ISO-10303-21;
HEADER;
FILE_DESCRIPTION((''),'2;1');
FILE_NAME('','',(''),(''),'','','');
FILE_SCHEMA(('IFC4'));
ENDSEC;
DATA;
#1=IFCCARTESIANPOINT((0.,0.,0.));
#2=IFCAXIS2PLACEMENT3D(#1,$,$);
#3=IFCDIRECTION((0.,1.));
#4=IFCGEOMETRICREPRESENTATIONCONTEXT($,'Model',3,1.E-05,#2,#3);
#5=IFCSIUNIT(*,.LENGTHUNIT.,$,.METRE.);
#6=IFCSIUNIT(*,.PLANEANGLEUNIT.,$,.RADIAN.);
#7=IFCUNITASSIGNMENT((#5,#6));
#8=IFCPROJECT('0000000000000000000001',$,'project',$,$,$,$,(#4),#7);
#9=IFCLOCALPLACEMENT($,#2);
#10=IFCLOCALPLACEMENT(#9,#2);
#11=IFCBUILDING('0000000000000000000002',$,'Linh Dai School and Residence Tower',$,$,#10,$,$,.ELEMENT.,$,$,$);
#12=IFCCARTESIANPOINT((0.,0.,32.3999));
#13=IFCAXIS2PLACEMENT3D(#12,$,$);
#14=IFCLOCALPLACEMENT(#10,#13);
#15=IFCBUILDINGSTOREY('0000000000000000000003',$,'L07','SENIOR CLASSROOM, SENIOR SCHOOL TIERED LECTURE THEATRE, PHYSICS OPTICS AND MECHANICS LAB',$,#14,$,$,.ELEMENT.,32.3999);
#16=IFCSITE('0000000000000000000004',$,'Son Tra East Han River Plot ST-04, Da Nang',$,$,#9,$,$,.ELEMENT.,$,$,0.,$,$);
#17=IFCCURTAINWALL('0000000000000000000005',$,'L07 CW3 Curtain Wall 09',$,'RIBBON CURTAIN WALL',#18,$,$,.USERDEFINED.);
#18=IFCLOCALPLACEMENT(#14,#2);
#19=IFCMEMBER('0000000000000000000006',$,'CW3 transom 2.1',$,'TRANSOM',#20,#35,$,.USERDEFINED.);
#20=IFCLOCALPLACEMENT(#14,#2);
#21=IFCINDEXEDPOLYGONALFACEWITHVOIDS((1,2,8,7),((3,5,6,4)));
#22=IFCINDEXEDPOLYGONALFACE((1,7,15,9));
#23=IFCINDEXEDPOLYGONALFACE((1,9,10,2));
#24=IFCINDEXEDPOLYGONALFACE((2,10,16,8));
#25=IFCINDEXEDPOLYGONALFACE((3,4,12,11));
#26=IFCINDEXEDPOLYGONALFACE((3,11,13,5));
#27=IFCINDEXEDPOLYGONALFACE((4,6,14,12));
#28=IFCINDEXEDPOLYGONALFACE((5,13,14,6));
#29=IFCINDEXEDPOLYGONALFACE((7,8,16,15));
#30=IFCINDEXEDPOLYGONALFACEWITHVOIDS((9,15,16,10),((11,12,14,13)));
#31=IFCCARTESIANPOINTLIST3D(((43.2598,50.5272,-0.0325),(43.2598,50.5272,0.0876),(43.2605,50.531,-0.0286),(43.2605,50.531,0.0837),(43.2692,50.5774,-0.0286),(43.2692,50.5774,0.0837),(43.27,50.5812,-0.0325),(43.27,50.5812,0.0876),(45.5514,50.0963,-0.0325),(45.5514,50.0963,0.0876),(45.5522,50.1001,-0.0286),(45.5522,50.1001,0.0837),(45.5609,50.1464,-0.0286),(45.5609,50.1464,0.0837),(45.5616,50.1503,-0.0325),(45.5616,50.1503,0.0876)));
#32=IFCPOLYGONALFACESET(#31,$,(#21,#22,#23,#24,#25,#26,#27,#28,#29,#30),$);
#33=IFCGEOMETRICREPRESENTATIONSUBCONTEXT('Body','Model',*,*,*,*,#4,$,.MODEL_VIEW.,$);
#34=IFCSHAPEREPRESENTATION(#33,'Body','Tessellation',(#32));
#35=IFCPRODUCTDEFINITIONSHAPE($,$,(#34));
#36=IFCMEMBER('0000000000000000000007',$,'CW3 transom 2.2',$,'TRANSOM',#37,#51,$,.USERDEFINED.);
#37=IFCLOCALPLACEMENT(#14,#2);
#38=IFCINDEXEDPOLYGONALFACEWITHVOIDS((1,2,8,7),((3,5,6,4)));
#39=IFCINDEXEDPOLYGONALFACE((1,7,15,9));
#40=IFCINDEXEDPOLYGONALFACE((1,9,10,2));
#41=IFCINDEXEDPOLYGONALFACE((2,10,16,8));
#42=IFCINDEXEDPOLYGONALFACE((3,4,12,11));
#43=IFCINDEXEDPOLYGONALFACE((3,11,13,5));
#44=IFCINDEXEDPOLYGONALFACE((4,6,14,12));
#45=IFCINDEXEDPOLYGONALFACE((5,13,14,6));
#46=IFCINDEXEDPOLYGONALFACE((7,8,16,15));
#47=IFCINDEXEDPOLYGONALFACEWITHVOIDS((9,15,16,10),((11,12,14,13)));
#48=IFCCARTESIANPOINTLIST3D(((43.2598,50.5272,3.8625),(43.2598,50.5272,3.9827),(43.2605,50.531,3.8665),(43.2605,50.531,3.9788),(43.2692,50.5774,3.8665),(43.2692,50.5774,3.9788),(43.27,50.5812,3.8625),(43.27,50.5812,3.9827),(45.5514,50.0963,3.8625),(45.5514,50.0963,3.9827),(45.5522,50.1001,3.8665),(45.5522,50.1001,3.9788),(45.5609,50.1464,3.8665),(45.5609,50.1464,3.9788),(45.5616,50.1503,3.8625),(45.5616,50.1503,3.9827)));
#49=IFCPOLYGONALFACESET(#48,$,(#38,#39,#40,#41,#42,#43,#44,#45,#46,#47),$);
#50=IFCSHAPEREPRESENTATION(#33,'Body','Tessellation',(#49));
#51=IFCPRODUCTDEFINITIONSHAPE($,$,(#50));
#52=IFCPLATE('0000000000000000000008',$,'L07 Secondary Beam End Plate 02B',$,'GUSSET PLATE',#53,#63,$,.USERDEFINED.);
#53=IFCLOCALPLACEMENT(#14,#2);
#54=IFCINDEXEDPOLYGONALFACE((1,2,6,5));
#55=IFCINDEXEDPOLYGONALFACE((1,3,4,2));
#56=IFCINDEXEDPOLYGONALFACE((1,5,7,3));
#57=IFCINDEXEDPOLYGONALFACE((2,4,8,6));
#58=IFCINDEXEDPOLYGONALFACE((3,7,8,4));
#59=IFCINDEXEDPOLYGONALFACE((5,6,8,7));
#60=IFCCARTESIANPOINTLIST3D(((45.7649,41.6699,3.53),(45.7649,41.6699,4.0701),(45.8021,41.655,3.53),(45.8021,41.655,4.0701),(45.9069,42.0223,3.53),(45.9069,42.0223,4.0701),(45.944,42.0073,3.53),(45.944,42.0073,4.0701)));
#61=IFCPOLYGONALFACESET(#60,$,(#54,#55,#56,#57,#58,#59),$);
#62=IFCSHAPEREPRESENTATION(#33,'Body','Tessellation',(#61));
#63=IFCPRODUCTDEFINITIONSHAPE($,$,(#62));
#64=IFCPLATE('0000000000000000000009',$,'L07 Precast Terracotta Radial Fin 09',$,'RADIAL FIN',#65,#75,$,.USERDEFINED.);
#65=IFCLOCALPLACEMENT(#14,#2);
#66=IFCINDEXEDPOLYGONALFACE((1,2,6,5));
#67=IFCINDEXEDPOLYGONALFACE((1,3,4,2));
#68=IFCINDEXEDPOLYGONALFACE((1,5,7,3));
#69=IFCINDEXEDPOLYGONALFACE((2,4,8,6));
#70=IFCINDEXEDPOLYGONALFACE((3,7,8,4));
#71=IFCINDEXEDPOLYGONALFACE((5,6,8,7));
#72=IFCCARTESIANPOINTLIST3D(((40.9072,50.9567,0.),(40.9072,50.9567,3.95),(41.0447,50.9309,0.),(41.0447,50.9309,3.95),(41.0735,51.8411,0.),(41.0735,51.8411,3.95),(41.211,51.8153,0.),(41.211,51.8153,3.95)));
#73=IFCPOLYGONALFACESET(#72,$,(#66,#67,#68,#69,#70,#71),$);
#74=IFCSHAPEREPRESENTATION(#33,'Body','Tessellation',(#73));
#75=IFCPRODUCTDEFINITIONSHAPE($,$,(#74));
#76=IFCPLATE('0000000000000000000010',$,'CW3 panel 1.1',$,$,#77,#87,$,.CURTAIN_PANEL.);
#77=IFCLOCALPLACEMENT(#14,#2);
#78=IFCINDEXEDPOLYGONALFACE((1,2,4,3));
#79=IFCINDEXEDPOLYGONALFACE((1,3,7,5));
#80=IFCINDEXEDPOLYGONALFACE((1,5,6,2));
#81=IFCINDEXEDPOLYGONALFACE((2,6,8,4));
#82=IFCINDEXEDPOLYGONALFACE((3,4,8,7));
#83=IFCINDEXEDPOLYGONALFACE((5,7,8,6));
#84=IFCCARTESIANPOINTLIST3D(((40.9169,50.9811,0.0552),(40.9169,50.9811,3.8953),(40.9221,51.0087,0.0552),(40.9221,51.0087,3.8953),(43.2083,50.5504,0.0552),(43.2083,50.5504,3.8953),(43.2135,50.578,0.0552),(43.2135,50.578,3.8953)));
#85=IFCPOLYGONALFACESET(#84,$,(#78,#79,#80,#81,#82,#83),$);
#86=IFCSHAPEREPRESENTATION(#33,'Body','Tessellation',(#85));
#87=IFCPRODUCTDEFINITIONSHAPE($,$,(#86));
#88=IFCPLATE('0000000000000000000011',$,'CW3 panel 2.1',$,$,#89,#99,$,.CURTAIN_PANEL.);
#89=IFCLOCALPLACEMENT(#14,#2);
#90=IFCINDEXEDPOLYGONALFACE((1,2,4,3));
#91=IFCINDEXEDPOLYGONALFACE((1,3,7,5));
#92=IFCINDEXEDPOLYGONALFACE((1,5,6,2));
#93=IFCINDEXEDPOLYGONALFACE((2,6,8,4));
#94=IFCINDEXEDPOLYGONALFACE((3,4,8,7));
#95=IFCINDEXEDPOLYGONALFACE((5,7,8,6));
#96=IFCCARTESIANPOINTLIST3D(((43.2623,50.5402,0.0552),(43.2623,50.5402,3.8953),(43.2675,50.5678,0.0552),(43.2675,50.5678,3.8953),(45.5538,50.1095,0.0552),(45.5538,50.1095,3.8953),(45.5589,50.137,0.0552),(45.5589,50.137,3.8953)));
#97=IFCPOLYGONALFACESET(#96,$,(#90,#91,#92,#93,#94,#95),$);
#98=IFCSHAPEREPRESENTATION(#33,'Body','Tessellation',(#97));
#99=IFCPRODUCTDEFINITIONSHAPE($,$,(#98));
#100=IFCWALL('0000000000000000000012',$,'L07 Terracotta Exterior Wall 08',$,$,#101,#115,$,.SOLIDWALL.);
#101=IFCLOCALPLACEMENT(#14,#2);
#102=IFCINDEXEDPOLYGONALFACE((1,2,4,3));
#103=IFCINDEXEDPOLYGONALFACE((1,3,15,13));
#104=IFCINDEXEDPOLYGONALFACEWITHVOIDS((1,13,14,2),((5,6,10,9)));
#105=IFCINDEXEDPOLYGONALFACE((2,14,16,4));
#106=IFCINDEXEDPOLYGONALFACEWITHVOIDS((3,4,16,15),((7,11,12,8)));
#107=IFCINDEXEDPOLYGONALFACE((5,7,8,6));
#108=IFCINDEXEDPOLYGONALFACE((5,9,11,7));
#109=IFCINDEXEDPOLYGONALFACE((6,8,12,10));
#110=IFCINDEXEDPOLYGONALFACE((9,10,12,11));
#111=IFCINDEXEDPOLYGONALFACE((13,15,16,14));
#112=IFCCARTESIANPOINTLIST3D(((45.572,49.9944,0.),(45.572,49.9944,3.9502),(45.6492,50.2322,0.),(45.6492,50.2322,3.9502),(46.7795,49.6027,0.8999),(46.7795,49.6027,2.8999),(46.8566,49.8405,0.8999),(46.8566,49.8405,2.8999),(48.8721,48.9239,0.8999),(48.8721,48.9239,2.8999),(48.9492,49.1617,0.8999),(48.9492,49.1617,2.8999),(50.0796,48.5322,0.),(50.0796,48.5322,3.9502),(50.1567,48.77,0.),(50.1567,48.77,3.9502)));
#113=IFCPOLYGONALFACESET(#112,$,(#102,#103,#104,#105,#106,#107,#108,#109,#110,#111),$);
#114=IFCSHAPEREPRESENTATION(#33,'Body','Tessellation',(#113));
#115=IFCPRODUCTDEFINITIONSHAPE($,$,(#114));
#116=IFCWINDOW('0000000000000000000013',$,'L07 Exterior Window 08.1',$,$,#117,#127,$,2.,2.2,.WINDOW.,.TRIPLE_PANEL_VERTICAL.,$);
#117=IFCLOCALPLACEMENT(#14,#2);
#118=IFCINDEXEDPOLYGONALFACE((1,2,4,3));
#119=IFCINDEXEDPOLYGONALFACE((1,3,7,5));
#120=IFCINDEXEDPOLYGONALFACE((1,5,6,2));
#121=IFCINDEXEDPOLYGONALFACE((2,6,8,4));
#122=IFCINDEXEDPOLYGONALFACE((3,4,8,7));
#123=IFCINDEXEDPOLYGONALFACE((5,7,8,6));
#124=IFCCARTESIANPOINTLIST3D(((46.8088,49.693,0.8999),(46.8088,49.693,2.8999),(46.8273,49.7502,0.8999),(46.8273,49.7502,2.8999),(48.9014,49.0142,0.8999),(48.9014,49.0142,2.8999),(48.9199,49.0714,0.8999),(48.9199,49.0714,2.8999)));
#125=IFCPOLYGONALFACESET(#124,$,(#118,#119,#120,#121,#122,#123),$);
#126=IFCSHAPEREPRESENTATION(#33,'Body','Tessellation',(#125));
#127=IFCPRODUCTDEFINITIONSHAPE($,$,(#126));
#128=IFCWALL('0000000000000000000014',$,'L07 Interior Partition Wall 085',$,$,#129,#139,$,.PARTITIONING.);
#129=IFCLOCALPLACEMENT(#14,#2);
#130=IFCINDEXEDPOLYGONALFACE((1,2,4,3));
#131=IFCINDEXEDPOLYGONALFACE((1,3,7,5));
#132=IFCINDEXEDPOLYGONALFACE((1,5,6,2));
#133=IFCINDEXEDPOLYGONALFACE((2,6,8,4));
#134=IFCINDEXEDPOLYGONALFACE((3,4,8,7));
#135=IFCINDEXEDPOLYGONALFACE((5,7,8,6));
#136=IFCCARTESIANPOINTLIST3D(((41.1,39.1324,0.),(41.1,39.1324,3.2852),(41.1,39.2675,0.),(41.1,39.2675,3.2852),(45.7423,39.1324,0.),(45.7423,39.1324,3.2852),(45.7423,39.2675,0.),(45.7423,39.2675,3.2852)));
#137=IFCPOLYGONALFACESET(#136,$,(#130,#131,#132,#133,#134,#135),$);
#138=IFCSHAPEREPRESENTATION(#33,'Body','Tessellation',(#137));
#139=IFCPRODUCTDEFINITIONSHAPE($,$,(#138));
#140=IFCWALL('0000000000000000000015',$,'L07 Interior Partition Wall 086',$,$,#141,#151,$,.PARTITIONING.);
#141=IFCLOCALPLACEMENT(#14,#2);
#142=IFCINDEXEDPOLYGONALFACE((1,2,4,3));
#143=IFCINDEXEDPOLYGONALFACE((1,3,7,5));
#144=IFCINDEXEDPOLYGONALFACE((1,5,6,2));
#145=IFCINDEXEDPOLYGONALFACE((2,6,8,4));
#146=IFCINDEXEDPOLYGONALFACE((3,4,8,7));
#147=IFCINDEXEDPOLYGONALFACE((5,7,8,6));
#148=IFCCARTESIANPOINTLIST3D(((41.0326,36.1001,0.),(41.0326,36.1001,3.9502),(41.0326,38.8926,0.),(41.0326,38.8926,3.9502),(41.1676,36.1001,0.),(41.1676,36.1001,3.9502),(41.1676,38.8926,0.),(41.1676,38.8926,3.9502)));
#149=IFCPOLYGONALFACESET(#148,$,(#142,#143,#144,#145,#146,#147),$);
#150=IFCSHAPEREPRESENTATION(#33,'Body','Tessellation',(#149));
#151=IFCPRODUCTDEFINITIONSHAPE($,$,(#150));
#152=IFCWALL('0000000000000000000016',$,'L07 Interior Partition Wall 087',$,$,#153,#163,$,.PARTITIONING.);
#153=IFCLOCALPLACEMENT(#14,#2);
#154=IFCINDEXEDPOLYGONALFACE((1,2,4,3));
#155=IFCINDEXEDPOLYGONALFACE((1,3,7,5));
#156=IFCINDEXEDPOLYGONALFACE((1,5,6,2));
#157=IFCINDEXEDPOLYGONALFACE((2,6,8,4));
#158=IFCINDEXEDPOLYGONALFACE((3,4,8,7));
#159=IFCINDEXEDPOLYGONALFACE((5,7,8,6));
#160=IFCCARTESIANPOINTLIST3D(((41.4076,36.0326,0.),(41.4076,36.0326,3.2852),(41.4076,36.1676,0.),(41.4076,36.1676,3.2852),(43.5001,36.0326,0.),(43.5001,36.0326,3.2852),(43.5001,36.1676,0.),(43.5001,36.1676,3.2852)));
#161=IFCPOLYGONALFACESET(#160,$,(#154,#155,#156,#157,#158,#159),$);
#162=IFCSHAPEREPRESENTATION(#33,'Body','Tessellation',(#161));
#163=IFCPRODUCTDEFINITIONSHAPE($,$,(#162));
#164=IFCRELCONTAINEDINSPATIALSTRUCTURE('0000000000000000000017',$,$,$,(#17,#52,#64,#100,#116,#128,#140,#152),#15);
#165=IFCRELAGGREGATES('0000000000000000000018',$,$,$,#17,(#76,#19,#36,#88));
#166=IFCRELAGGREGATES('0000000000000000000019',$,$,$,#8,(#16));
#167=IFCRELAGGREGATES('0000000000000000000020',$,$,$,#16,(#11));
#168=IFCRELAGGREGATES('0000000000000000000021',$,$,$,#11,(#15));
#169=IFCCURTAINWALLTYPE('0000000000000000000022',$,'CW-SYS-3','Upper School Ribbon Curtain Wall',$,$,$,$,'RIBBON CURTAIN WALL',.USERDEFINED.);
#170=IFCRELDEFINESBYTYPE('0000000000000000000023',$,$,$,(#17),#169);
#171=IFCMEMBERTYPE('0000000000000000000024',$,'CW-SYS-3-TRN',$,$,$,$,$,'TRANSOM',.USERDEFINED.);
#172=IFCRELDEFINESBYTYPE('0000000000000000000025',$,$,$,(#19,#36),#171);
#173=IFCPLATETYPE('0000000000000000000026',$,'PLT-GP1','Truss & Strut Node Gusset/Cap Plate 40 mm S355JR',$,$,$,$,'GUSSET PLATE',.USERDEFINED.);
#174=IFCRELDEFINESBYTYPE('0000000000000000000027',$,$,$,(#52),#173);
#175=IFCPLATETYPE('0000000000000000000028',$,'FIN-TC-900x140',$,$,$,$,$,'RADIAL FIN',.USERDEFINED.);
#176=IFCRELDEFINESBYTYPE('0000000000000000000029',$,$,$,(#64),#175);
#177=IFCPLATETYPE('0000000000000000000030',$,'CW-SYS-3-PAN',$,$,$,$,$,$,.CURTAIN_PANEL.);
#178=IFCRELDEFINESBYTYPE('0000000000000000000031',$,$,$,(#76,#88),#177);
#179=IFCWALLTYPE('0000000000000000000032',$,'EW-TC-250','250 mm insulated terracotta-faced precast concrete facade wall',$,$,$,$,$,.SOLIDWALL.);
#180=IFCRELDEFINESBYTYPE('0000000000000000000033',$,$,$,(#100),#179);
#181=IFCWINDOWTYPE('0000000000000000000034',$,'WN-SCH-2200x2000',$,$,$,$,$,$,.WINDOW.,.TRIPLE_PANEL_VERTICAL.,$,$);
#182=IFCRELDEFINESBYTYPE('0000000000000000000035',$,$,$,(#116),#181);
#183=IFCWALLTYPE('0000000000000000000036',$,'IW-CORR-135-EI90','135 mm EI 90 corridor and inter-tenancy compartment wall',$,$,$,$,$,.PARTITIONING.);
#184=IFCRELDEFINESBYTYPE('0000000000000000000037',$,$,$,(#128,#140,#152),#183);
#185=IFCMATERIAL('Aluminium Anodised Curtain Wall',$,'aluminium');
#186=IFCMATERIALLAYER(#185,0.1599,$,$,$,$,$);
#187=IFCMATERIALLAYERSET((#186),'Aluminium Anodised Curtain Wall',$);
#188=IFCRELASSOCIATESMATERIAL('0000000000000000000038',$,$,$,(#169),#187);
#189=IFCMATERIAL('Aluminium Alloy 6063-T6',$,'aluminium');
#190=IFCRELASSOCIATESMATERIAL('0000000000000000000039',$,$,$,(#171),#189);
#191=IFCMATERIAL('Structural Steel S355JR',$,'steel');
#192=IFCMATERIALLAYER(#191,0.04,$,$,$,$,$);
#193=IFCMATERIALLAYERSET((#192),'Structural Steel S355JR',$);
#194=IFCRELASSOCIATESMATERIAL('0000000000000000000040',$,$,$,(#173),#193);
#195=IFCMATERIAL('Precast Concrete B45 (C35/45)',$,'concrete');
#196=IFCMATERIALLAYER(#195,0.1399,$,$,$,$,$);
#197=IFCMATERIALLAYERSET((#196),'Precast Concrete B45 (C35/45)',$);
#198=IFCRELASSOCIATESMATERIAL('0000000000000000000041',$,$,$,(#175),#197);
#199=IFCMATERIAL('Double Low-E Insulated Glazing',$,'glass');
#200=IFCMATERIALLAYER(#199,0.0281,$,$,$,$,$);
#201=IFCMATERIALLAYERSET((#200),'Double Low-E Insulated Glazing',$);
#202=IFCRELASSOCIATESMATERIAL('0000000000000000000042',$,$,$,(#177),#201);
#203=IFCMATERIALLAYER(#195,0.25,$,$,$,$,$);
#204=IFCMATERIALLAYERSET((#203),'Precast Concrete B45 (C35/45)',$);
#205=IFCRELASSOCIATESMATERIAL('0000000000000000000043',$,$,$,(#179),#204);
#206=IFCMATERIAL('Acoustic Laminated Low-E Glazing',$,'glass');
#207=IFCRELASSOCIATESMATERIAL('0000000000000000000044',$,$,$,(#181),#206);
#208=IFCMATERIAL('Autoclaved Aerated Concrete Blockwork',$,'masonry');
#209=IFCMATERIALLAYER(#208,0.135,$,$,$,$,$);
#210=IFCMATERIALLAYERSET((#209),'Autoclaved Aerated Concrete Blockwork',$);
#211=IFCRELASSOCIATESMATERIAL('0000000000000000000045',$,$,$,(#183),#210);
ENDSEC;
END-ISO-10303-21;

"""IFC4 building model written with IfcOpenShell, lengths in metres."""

from ifc_helpers import new_model, si_unit, direction, frame, frame_2d, origin, origin_2d, place, context, subcontext, project, spatial, rectangle, hollow_rectangle, extrude, source, transform, mapped, material, layer, layer_set, material_profile, profile_set, type_object, element, fill, aggregate, save


model = new_model("IFC4")

# Units and contexts
model_context = context("Model", 3, precision=1e-05, world=origin(), true_north=direction((0.0, 1.0)))
body_context = subcontext(model_context, "Body", "Model", "MODEL_VIEW")
ifc_project = project(units=[si_unit("LENGTHUNIT", "METRE"), si_unit("PLANEANGLEUNIT", "RADIAN")], contexts=[model_context])

# Site, building, storey
site_placement = place(None, origin())
site = spatial("IfcSite", under=ifc_project, at=site_placement, Name="Son Tra East Han River Plot ST-04, Da Nang", CompositionType="ELEMENT", RefElevation=0.0)
building_placement = place(site_placement, origin())
building = spatial("IfcBuilding", under=site, at=building_placement, Name="Linh Dai School and Residence Tower", CompositionType="ELEMENT")
storey_placement = place(building_placement, frame((0.0, 0.0, 32.3999)))
storey = spatial("IfcBuildingStorey", under=building, at=storey_placement, Name="L07", Description="SENIOR CLASSROOM, SENIOR SCHOOL TIERED LECTURE THEATRE, PHYSICS OPTICS AND MECHANICS LAB", CompositionType="ELEMENT", Elevation=32.3999)

# Shared definitions
ifc_material_1 = material(Name="Structural Steel S355JR", Category="steel")

# Curtain wall, members
ifc_material_2 = material(Name="Aluminium Anodised Curtain Wall", Category="aluminium")
ifc_layer_1 = layer(ifc_material_2, 0.1599)
ifc_layer_set_1 = layer_set([ifc_layer_1], Name="Aluminium Anodised Curtain Wall")
curtain_wall_type = type_object("IfcCurtainWallType", Name="CW-SYS-3", Description="Upper School Ribbon Curtain Wall", ElementType="RIBBON CURTAIN WALL", PredefinedType="USERDEFINED", material=ifc_layer_set_1)
curtain_wall_placement = place(storey_placement, origin())
curtain_wall = element("IfcCurtainWall", 1, at=curtain_wall_placement, inside=storey, type_object=curtain_wall_type, Name="L07 CW3 Curtain Wall 09", ObjectType="RIBBON CURTAIN WALL", PredefinedType="USERDEFINED")
ifc_material_3 = material(Name="Aluminium Alloy 6063-T6", Category="aluminium")
ifc_material_profile_1 = material_profile(ifc_material_3, hollow_rectangle(XDim=0.0549, YDim=0.1201, WallThickness=0.0039, at=origin_2d()), Name="RHS 120x55x4")
ifc_profile_set_1 = profile_set([ifc_material_profile_1], Name="Aluminium Alloy 6063-T6")
member_type_1 = type_object("IfcMemberType", Name="CW-SYS-3-TRN", ElementType="TRANSOM", PredefinedType="USERDEFINED", material=ifc_profile_set_1)
shared_shape_1 = source(origin(), body_context, "Body", "SweptSolid", [
    extrude(hollow_rectangle(XDim=0.0549, YDim=0.1201, WallThickness=0.0039, at=origin_2d()), origin(), (0.0, 0.0, 1.0), 2.3318),
])
member_1_placement = place(storey_placement, frame((43.2649, 50.5542, 0.0276), z_axis=(0.982775, -0.184807, 0.0), x_axis=(0.184807, 0.982775, 0.0)))
member_1 = element("IfcMember", 2, at=member_1_placement, type_object=member_type_1, Name="CW3 transom 2.1", ObjectType="TRANSOM", PredefinedType="USERDEFINED", context=body_context, shape_type="MappedRepresentation", body=[
    mapped(shared_shape_1, transform((0.0, 0.0, 0.0), x_axis=(1.0, 0.0, 0.0), y_axis=(0.0, 1.0, 0.0), z_axis=(0.0, 0.0, 1.0), scale=1.0)),
])
member_2_placement = place(storey_placement, frame((43.2649, 50.5542, 3.9226), z_axis=(0.982775, -0.184807, 0.0), x_axis=(0.184807, 0.982775, 0.0)))
member_2 = element("IfcMember", 3, at=member_2_placement, type_object=member_type_1, Name="CW3 transom 2.2", ObjectType="TRANSOM", PredefinedType="USERDEFINED", context=body_context, shape_type="MappedRepresentation", body=[
    mapped(shared_shape_1, transform((0.0, 0.0, 0.0), x_axis=(1.0, 0.0, 0.0), y_axis=(0.0, 1.0, 0.0), z_axis=(0.0, 0.0, 1.0), scale=1.0)),
])

# Plates
ifc_layer_2 = layer(ifc_material_1, 0.04)
ifc_layer_set_2 = layer_set([ifc_layer_2], Name="Structural Steel S355JR")
plate_type_1 = type_object("IfcPlateType", Name="PLT-GP1", Description="Truss & Strut Node Gusset/Cap Plate 40 mm S355JR", ElementType="GUSSET PLATE", PredefinedType="USERDEFINED", material=ifc_layer_set_2)
shared_shape_2 = source(origin(), body_context, "Body", "SweptSolid", [
    extrude(rectangle(XDim=0.04, YDim=0.3799, at=origin_2d()), origin(), (0.0, 0.0, 1.0), 0.54),
])
plate_1_placement = place(storey_placement, frame((45.8545, 41.8386, 3.53), z_axis=(0.0, 0.0, 1.0), x_axis=(-0.927536, 0.373733, 0.0)))
element("IfcPlate", 4, at=plate_1_placement, inside=storey, type_object=plate_type_1, Name="L07 Secondary Beam End Plate 02B", ObjectType="GUSSET PLATE", PredefinedType="USERDEFINED", context=body_context, shape_type="MappedRepresentation", body=[
    mapped(shared_shape_2, transform((0.0, 0.0, 0.0), x_axis=(1.0, 0.0, 0.0), y_axis=(0.0, 1.0, 0.0), z_axis=(0.0, 0.0, 1.0), scale=1.0)),
])
ifc_material_4 = material(Name="Precast Concrete B45 (C35/45)", Category="concrete")
ifc_layer_3 = layer(ifc_material_4, 0.1399)
ifc_layer_set_3 = layer_set([ifc_layer_3], Name="Precast Concrete B45 (C35/45)")
plate_type_2 = type_object("IfcPlateType", Name="FIN-TC-900x140", ElementType="RADIAL FIN", PredefinedType="USERDEFINED", material=ifc_layer_set_3)
shared_shape_3 = source(origin(), body_context, "Body", "SweptSolid", [
    extrude(rectangle(XDim=0.8999, YDim=0.1399, at=origin_2d()), origin(), (0.0, 0.0, 1.0), 3.95),
])
plate_2_placement = place(storey_placement, frame((41.0591, 51.386, 0.0), z_axis=(0.0, 0.0, 1.0), x_axis=(0.184748, 0.982786, 0.0)))
element("IfcPlate", 5, at=plate_2_placement, inside=storey, type_object=plate_type_2, Name="L07 Precast Terracotta Radial Fin 09", ObjectType="RADIAL FIN", PredefinedType="USERDEFINED", context=body_context, shape_type="MappedRepresentation", body=[
    mapped(shared_shape_3, transform((0.0, 0.0, 0.0), x_axis=(1.0, 0.0, 0.0), y_axis=(0.0, 1.0, 0.0), z_axis=(0.0, 0.0, 1.0), scale=1.0)),
])

# Plates
ifc_material_5 = material(Name="Double Low-E Insulated Glazing", Category="glass")
ifc_layer_4 = layer(ifc_material_5, 0.0281)
ifc_layer_set_4 = layer_set([ifc_layer_4], Name="Double Low-E Insulated Glazing")
plate_type_3 = type_object("IfcPlateType", Name="CW-SYS-3-PAN", PredefinedType="CURTAIN_PANEL", material=ifc_layer_set_4)
shared_shape_4 = source(origin(), body_context, "Body", "SweptSolid", [
    extrude(rectangle(XDim=2.3315, YDim=0.0281, at=origin_2d()), origin(), (0.0, 0.0, 1.0), 3.8401),
])
plate_3_placement = place(storey_placement, frame((42.0652, 50.7795, 0.0552), z_axis=(0.0, 0.0, 1.0), x_axis=(0.982786, -0.184748, 0.0)))
plate_3 = element("IfcPlate", 6, at=plate_3_placement, type_object=plate_type_3, Name="CW3 panel 1.1", PredefinedType="CURTAIN_PANEL", context=body_context, shape_type="MappedRepresentation", body=[
    mapped(shared_shape_4, transform((0.0, 0.0, 0.0), x_axis=(1.0, 0.0, 0.0), y_axis=(0.0, 1.0, 0.0), z_axis=(0.0, 0.0, 1.0), scale=1.0)),
])
plate_4_placement = place(storey_placement, frame((44.4106, 50.3386, 0.0552), z_axis=(0.0, 0.0, 1.0), x_axis=(0.982786, -0.184748, 0.0)))
plate_4 = element("IfcPlate", 7, at=plate_4_placement, type_object=plate_type_3, Name="CW3 panel 2.1", PredefinedType="CURTAIN_PANEL", context=body_context, shape_type="MappedRepresentation", body=[
    mapped(shared_shape_4, transform((0.0, 0.0, 0.0), x_axis=(1.0, 0.0, 0.0), y_axis=(0.0, 1.0, 0.0), z_axis=(0.0, 0.0, 1.0), scale=1.0)),
])
aggregate(curtain_wall, [plate_3, member_1, member_2, plate_4])

# Wall, opening, window
ifc_layer_5 = layer(ifc_material_4, 0.25)
ifc_layer_set_5 = layer_set([ifc_layer_5], Name="Precast Concrete B45 (C35/45)")
wall_type_1 = type_object("IfcWallType", Name="EW-TC-250", Description="250 mm insulated terracotta-faced precast concrete facade wall", PredefinedType="SOLIDWALL", material=ifc_layer_set_5)
wall_1_placement = place(storey_placement, frame((45.6106, 50.1133, 0.0), z_axis=(0.0, 0.0, 1.0), x_axis=(0.951208, -0.308551, 0.0)))
wall_1 = element("IfcWall", 8, at=wall_1_placement, inside=storey, type_object=wall_type_1, Name="L07 Terracotta Exterior Wall 08", PredefinedType="SOLIDWALL", context=body_context, shape_type="SweptSolid", body=[
    extrude(rectangle(XDim=4.7388, YDim=0.25, at=frame_2d((2.3694, 0.0))), origin(), (0.0, 0.0, 1.0), 3.9502),
])
opening_placement = place(wall_1_placement, frame((1.2693, 0.0, 0.8999)))
opening = element("IfcOpeningElement", 9, at=opening_placement, cuts=wall_1, PredefinedType="OPENING", context=body_context, shape_type="SweptSolid", body=[
    extrude(rectangle(XDim=2.2, YDim=2.0, at=origin_2d()), frame((1.1001, 0.135, 1.0), z_axis=(0.0, -1.0, 0.0), x_axis=(1.0, 0.0, 0.0)), (0.0, 0.0, 1.0), 0.27),
])
ifc_material_6 = material(Name="Acoustic Laminated Low-E Glazing", Category="glass")
window_type = type_object("IfcWindowType", Name="WN-SCH-2200x2000", PartitioningType="TRIPLE_PANEL_VERTICAL", PredefinedType="WINDOW", material=ifc_material_6)
shared_shape_5 = source(origin(), body_context, "Body", "SweptSolid", [
    extrude(rectangle(XDim=2.2, YDim=2.0, at=origin_2d()), frame((1.1001, 0.03, 1.0), z_axis=(0.0, -1.0, 0.0), x_axis=(1.0, 0.0, 0.0)), (0.0, 0.0, 1.0), 0.0601),
])
window_placement = place(opening_placement, origin())
window = element("IfcWindow", 10, at=window_placement, inside=storey, type_object=window_type, Name="L07 Exterior Window 08.1", OverallHeight=2.0, OverallWidth=2.2, PartitioningType="TRIPLE_PANEL_VERTICAL", PredefinedType="WINDOW", context=body_context, shape_type="MappedRepresentation", body=[
    mapped(shared_shape_5, transform((0.0, 0.0, 0.0), x_axis=(1.0, 0.0, 0.0), y_axis=(0.0, 1.0, 0.0), z_axis=(0.0, 0.0, 1.0), scale=1.0)),
])
fill(opening, window)

# Walls
ifc_material_7 = material(Name="Autoclaved Aerated Concrete Blockwork", Category="masonry")
ifc_layer_6 = layer(ifc_material_7, 0.135)
ifc_layer_set_6 = layer_set([ifc_layer_6], Name="Autoclaved Aerated Concrete Blockwork")
wall_type_2 = type_object("IfcWallType", Name="IW-CORR-135-EI90", Description="135 mm EI 90 corridor and inter-tenancy compartment wall", PredefinedType="PARTITIONING", material=ifc_layer_set_6)
wall_2_placement = place(storey_placement, frame((45.7424, 39.2, 0.0), z_axis=(0.0, 0.0, 1.0), x_axis=(-1.0, 0.0, 0.0)))
element("IfcWall", 11, at=wall_2_placement, inside=storey, type_object=wall_type_2, Name="L07 Interior Partition Wall 085", PredefinedType="PARTITIONING", context=body_context, shape_type="SweptSolid", body=[
    extrude(rectangle(XDim=4.6423, YDim=0.135, at=frame_2d((2.3213, 0.0))), origin(), (0.0, 0.0, 1.0), 3.2852),
])
wall_3_placement = place(storey_placement, frame((41.1001, 38.8926, 0.0), z_axis=(0.0, 0.0, 1.0), x_axis=(0.0, -1.0, 0.0)))
element("IfcWall", 12, at=wall_3_placement, inside=storey, type_object=wall_type_2, Name="L07 Interior Partition Wall 086", PredefinedType="PARTITIONING", context=body_context, shape_type="SweptSolid", body=[
    extrude(rectangle(XDim=2.7925, YDim=0.135, at=frame_2d((1.3962, 0.0))), origin(), (0.0, 0.0, 1.0), 3.9502),
])
wall_4_placement = place(storey_placement, frame((41.4075, 36.1001, 0.0), z_axis=(0.0, 0.0, 1.0), x_axis=(1.0, 0.0, 0.0)))
element("IfcWall", 13, at=wall_4_placement, inside=storey, type_object=wall_type_2, Name="L07 Interior Partition Wall 087", PredefinedType="PARTITIONING", context=body_context, shape_type="SweptSolid", body=[
    extrude(rectangle(XDim=2.0925, YDim=0.135, at=frame_2d((1.0464, 0.0))), origin(), (0.0, 0.0, 1.0), 3.2852),
])

save(model, "model.ifc")
